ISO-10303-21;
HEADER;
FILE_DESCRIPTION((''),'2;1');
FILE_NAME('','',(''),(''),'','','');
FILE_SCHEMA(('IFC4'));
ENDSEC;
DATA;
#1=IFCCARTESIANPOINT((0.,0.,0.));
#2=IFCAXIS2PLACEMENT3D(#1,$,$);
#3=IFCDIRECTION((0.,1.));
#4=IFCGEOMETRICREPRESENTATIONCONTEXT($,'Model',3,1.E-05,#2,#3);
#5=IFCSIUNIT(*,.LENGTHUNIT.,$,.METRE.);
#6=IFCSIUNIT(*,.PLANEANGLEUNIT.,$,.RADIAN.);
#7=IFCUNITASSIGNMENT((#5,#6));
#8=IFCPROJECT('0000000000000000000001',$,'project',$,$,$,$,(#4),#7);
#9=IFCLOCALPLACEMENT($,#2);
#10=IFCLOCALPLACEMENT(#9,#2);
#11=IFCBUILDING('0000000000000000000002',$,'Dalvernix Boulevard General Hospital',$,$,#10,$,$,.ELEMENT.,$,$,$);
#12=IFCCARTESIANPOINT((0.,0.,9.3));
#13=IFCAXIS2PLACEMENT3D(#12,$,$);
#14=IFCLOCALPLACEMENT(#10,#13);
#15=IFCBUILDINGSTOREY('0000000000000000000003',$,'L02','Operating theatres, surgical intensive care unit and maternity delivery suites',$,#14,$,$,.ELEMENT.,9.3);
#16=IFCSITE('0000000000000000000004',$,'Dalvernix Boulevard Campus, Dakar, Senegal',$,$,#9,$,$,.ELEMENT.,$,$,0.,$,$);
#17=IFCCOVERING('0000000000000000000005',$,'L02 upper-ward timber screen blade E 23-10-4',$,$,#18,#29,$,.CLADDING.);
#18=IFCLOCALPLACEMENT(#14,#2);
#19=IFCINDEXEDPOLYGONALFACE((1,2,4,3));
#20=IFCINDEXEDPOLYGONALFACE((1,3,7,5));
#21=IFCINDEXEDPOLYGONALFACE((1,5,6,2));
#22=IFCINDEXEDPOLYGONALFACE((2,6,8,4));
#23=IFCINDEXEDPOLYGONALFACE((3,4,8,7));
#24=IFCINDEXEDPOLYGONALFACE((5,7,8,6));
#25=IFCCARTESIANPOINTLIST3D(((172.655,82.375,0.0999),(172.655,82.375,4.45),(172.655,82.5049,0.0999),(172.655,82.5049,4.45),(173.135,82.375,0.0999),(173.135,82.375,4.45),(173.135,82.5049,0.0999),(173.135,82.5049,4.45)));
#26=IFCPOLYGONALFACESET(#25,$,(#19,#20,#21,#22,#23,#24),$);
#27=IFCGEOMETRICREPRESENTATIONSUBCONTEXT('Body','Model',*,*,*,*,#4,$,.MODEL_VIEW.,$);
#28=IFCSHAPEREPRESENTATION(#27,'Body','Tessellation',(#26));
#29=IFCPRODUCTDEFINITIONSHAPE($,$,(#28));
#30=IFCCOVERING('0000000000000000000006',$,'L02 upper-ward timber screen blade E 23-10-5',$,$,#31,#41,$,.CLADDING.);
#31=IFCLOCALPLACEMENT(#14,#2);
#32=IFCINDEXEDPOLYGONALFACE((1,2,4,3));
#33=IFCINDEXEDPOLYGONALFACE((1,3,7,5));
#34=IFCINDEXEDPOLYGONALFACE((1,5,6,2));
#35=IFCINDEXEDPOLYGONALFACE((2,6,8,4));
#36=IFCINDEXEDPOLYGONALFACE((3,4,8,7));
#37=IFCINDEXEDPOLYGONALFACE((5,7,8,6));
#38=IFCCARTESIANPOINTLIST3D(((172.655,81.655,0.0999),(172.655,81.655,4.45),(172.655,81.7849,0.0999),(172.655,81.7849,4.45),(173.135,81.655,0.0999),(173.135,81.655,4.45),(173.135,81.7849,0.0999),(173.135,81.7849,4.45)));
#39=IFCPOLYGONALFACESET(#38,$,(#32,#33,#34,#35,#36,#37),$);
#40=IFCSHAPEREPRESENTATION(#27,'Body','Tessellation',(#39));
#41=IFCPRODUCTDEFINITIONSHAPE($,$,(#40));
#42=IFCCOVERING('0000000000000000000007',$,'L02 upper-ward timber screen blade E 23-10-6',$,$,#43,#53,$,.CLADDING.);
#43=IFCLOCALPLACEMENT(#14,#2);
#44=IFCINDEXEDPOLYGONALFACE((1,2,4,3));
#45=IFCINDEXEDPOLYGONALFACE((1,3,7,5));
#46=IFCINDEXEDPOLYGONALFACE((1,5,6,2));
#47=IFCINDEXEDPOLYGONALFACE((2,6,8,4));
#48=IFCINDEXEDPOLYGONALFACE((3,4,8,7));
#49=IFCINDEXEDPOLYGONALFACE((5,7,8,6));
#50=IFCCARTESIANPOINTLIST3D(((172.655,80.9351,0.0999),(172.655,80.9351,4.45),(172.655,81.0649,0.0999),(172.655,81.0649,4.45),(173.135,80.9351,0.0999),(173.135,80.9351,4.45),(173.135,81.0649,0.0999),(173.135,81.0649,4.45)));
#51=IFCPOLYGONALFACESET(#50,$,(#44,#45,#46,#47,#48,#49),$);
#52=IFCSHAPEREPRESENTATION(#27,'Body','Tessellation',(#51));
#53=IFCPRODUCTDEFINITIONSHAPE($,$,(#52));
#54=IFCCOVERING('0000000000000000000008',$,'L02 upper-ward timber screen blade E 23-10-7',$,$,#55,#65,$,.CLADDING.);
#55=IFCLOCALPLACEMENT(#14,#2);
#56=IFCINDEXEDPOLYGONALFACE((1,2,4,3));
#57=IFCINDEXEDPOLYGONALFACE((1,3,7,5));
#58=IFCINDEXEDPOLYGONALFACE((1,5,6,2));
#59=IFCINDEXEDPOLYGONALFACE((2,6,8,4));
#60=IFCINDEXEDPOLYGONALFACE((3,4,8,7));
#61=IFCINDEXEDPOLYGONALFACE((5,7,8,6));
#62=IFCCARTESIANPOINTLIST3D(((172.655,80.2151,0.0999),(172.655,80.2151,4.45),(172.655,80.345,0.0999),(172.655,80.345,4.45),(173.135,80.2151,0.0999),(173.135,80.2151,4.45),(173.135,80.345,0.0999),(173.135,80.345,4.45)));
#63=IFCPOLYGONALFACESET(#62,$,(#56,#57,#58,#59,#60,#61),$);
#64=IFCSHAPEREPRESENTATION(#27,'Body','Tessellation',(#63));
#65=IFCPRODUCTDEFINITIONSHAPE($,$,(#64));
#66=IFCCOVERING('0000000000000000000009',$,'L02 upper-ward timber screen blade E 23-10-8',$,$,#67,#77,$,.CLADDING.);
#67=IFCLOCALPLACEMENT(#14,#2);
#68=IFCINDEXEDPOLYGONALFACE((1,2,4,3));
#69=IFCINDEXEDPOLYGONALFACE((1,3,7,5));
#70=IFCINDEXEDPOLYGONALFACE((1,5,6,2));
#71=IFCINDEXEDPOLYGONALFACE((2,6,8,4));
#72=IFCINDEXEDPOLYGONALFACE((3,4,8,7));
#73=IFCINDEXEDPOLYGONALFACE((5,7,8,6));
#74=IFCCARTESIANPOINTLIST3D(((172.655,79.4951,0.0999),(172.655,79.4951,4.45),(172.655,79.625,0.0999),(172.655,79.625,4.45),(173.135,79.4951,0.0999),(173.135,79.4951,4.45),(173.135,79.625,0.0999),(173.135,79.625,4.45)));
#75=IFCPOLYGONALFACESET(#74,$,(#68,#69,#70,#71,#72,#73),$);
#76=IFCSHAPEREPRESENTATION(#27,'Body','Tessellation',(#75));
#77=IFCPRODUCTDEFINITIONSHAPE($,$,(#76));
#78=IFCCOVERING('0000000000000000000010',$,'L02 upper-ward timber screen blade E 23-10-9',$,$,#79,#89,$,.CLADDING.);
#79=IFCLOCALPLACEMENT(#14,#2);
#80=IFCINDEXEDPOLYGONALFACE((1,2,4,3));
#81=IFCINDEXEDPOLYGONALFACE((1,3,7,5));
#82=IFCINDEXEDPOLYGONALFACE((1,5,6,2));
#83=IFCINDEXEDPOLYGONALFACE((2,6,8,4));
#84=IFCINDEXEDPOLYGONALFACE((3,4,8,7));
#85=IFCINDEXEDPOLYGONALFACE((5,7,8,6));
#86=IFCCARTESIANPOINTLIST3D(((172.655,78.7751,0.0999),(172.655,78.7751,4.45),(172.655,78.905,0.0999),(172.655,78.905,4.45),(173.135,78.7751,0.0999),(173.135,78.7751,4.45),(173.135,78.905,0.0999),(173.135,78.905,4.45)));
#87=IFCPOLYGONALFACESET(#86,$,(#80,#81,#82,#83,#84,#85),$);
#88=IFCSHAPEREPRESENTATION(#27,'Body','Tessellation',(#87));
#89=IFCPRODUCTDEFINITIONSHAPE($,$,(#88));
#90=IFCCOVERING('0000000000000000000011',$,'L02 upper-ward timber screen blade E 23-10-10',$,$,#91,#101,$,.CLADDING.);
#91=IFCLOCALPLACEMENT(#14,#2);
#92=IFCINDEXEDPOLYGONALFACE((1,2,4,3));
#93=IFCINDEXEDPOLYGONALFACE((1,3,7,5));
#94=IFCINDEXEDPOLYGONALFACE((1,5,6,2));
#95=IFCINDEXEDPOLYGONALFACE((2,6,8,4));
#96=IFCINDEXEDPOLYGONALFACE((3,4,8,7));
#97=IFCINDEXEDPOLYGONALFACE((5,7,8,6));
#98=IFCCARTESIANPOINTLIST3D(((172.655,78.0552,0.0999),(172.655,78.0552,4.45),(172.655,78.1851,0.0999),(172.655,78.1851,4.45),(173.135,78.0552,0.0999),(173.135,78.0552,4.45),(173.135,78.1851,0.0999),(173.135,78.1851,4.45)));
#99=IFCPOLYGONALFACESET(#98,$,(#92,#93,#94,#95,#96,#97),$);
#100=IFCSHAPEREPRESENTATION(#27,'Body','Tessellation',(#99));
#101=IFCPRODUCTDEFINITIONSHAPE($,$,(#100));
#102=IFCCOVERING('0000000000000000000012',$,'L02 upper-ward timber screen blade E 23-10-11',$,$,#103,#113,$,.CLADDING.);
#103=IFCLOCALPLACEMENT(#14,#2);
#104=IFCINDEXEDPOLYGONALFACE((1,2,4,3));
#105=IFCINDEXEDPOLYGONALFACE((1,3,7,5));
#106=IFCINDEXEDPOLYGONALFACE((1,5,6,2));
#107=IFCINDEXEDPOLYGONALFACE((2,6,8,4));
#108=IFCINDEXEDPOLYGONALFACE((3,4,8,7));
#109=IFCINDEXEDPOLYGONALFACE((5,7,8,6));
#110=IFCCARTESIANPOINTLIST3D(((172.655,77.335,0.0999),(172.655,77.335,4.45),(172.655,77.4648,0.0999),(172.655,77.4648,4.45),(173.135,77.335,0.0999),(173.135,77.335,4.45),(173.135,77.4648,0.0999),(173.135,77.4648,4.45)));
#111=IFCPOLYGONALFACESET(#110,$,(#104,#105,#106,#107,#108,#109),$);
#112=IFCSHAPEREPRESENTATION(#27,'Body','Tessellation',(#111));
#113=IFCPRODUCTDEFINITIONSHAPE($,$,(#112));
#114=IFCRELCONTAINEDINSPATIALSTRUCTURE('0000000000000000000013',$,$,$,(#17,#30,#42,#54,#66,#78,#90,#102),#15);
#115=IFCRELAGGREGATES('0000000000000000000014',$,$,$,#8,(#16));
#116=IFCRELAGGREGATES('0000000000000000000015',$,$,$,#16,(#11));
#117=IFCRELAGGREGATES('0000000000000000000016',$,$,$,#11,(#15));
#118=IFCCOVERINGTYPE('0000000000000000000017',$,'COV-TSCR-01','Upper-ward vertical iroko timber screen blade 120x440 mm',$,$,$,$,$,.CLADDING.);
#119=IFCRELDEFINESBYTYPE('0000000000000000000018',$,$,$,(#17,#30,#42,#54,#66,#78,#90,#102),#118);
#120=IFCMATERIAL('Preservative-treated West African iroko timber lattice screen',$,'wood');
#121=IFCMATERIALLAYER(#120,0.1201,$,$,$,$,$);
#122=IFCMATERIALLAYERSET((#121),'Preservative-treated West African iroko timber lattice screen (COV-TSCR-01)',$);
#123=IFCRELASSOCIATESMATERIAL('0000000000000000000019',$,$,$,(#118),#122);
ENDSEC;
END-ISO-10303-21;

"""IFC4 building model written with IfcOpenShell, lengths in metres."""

from ifc_helpers import new_model, si_unit, direction, frame, origin, origin_2d, place, context, subcontext, project, spatial, rectangle, extrude, material, layer, layer_set, type_object, element, save


model = new_model("IFC4")

# Units and contexts
model_context = context("Model", 3, precision=1e-05, world=origin(), true_north=direction((0.0, 1.0)))
body_context = subcontext(model_context, "Body", "Model", "MODEL_VIEW")
ifc_project = project(units=[si_unit("LENGTHUNIT", "METRE"), si_unit("PLANEANGLEUNIT", "RADIAN")], contexts=[model_context])

# Site, building, storey
site_placement = place(None, origin())
site = spatial("IfcSite", under=ifc_project, at=site_placement, Name="Dalvernix Boulevard Campus, Dakar, Senegal", CompositionType="ELEMENT", RefElevation=0.0)
building_placement = place(site_placement, origin())
building = spatial("IfcBuilding", under=site, at=building_placement, Name="Dalvernix Boulevard General Hospital", CompositionType="ELEMENT")
storey_placement = place(building_placement, frame((0.0, 0.0, 9.3)))
storey = spatial("IfcBuildingStorey", under=building, at=storey_placement, Name="L02", Description="Operating theatres, surgical intensive care unit and maternity delivery suites", CompositionType="ELEMENT", Elevation=9.3)

# Coverings
ifc_material_1 = material(Name="Preservative-treated West African iroko timber lattice screen", Category="wood")
ifc_layer_1 = layer(ifc_material_1, 0.1201)
ifc_layer_set_1 = layer_set([ifc_layer_1], Name="Preservative-treated West African iroko timber lattice screen (COV-TSCR-01)")
covering_type_1 = type_object("IfcCoveringType", Name="COV-TSCR-01", Description="Upper-ward vertical iroko timber screen blade 120x440 mm", PredefinedType="CLADDING", material=ifc_layer_set_1)
for number, where, z_axis, x_axis, name in (
    (1, (172.895, 82.4399, 0.0999), (0.0, 0.0, 1.0), (0.0, -1.0, 0.0), "L02 upper-ward timber screen blade E 23-10-4"),
    (2, (172.895, 81.72, 0.0999), (0.0, 0.0, 1.0), (0.0, -1.0, 0.0), "L02 upper-ward timber screen blade E 23-10-5"),
    (3, (172.895, 81.0, 0.0999), (0.0, 0.0, 1.0), (0.0, -1.0, 0.0), "L02 upper-ward timber screen blade E 23-10-6"),
    (4, (172.895, 80.28, 0.0999), (0.0, 0.0, 1.0), (0.0, -1.0, 0.0), "L02 upper-ward timber screen blade E 23-10-7"),
    (5, (172.895, 79.5601, 0.0999), (0.0, 0.0, 1.0), (0.0, -1.0, 0.0), "L02 upper-ward timber screen blade E 23-10-8"),
    (6, (172.895, 78.8401, 0.0999), (0.0, 0.0, 1.0), (0.0, -1.0, 0.0), "L02 upper-ward timber screen blade E 23-10-9"),
    (7, (172.895, 78.1201, 0.0999), (0.0, 0.0, 1.0), (0.0, -1.0, 0.0), "L02 upper-ward timber screen blade E 23-10-10"),
    (8, (172.895, 77.3999, 0.0999), (0.0, 0.0, 1.0), (0.0, -1.0, 0.0), "L02 upper-ward timber screen blade E 23-10-11"),
):
    element("IfcCovering", number, at=place(storey_placement, frame(where, z_axis=z_axis, x_axis=x_axis)), inside=storey, type_object=covering_type_1, Name=name, PredefinedType="CLADDING", context=body_context, shape_type="SweptSolid", body=[
        extrude(rectangle(XDim=0.1299, YDim=0.48, at=origin_2d()), origin(), (0.0, 0.0, 1.0), 4.3501),
    ])

save(model, "model.ifc")
